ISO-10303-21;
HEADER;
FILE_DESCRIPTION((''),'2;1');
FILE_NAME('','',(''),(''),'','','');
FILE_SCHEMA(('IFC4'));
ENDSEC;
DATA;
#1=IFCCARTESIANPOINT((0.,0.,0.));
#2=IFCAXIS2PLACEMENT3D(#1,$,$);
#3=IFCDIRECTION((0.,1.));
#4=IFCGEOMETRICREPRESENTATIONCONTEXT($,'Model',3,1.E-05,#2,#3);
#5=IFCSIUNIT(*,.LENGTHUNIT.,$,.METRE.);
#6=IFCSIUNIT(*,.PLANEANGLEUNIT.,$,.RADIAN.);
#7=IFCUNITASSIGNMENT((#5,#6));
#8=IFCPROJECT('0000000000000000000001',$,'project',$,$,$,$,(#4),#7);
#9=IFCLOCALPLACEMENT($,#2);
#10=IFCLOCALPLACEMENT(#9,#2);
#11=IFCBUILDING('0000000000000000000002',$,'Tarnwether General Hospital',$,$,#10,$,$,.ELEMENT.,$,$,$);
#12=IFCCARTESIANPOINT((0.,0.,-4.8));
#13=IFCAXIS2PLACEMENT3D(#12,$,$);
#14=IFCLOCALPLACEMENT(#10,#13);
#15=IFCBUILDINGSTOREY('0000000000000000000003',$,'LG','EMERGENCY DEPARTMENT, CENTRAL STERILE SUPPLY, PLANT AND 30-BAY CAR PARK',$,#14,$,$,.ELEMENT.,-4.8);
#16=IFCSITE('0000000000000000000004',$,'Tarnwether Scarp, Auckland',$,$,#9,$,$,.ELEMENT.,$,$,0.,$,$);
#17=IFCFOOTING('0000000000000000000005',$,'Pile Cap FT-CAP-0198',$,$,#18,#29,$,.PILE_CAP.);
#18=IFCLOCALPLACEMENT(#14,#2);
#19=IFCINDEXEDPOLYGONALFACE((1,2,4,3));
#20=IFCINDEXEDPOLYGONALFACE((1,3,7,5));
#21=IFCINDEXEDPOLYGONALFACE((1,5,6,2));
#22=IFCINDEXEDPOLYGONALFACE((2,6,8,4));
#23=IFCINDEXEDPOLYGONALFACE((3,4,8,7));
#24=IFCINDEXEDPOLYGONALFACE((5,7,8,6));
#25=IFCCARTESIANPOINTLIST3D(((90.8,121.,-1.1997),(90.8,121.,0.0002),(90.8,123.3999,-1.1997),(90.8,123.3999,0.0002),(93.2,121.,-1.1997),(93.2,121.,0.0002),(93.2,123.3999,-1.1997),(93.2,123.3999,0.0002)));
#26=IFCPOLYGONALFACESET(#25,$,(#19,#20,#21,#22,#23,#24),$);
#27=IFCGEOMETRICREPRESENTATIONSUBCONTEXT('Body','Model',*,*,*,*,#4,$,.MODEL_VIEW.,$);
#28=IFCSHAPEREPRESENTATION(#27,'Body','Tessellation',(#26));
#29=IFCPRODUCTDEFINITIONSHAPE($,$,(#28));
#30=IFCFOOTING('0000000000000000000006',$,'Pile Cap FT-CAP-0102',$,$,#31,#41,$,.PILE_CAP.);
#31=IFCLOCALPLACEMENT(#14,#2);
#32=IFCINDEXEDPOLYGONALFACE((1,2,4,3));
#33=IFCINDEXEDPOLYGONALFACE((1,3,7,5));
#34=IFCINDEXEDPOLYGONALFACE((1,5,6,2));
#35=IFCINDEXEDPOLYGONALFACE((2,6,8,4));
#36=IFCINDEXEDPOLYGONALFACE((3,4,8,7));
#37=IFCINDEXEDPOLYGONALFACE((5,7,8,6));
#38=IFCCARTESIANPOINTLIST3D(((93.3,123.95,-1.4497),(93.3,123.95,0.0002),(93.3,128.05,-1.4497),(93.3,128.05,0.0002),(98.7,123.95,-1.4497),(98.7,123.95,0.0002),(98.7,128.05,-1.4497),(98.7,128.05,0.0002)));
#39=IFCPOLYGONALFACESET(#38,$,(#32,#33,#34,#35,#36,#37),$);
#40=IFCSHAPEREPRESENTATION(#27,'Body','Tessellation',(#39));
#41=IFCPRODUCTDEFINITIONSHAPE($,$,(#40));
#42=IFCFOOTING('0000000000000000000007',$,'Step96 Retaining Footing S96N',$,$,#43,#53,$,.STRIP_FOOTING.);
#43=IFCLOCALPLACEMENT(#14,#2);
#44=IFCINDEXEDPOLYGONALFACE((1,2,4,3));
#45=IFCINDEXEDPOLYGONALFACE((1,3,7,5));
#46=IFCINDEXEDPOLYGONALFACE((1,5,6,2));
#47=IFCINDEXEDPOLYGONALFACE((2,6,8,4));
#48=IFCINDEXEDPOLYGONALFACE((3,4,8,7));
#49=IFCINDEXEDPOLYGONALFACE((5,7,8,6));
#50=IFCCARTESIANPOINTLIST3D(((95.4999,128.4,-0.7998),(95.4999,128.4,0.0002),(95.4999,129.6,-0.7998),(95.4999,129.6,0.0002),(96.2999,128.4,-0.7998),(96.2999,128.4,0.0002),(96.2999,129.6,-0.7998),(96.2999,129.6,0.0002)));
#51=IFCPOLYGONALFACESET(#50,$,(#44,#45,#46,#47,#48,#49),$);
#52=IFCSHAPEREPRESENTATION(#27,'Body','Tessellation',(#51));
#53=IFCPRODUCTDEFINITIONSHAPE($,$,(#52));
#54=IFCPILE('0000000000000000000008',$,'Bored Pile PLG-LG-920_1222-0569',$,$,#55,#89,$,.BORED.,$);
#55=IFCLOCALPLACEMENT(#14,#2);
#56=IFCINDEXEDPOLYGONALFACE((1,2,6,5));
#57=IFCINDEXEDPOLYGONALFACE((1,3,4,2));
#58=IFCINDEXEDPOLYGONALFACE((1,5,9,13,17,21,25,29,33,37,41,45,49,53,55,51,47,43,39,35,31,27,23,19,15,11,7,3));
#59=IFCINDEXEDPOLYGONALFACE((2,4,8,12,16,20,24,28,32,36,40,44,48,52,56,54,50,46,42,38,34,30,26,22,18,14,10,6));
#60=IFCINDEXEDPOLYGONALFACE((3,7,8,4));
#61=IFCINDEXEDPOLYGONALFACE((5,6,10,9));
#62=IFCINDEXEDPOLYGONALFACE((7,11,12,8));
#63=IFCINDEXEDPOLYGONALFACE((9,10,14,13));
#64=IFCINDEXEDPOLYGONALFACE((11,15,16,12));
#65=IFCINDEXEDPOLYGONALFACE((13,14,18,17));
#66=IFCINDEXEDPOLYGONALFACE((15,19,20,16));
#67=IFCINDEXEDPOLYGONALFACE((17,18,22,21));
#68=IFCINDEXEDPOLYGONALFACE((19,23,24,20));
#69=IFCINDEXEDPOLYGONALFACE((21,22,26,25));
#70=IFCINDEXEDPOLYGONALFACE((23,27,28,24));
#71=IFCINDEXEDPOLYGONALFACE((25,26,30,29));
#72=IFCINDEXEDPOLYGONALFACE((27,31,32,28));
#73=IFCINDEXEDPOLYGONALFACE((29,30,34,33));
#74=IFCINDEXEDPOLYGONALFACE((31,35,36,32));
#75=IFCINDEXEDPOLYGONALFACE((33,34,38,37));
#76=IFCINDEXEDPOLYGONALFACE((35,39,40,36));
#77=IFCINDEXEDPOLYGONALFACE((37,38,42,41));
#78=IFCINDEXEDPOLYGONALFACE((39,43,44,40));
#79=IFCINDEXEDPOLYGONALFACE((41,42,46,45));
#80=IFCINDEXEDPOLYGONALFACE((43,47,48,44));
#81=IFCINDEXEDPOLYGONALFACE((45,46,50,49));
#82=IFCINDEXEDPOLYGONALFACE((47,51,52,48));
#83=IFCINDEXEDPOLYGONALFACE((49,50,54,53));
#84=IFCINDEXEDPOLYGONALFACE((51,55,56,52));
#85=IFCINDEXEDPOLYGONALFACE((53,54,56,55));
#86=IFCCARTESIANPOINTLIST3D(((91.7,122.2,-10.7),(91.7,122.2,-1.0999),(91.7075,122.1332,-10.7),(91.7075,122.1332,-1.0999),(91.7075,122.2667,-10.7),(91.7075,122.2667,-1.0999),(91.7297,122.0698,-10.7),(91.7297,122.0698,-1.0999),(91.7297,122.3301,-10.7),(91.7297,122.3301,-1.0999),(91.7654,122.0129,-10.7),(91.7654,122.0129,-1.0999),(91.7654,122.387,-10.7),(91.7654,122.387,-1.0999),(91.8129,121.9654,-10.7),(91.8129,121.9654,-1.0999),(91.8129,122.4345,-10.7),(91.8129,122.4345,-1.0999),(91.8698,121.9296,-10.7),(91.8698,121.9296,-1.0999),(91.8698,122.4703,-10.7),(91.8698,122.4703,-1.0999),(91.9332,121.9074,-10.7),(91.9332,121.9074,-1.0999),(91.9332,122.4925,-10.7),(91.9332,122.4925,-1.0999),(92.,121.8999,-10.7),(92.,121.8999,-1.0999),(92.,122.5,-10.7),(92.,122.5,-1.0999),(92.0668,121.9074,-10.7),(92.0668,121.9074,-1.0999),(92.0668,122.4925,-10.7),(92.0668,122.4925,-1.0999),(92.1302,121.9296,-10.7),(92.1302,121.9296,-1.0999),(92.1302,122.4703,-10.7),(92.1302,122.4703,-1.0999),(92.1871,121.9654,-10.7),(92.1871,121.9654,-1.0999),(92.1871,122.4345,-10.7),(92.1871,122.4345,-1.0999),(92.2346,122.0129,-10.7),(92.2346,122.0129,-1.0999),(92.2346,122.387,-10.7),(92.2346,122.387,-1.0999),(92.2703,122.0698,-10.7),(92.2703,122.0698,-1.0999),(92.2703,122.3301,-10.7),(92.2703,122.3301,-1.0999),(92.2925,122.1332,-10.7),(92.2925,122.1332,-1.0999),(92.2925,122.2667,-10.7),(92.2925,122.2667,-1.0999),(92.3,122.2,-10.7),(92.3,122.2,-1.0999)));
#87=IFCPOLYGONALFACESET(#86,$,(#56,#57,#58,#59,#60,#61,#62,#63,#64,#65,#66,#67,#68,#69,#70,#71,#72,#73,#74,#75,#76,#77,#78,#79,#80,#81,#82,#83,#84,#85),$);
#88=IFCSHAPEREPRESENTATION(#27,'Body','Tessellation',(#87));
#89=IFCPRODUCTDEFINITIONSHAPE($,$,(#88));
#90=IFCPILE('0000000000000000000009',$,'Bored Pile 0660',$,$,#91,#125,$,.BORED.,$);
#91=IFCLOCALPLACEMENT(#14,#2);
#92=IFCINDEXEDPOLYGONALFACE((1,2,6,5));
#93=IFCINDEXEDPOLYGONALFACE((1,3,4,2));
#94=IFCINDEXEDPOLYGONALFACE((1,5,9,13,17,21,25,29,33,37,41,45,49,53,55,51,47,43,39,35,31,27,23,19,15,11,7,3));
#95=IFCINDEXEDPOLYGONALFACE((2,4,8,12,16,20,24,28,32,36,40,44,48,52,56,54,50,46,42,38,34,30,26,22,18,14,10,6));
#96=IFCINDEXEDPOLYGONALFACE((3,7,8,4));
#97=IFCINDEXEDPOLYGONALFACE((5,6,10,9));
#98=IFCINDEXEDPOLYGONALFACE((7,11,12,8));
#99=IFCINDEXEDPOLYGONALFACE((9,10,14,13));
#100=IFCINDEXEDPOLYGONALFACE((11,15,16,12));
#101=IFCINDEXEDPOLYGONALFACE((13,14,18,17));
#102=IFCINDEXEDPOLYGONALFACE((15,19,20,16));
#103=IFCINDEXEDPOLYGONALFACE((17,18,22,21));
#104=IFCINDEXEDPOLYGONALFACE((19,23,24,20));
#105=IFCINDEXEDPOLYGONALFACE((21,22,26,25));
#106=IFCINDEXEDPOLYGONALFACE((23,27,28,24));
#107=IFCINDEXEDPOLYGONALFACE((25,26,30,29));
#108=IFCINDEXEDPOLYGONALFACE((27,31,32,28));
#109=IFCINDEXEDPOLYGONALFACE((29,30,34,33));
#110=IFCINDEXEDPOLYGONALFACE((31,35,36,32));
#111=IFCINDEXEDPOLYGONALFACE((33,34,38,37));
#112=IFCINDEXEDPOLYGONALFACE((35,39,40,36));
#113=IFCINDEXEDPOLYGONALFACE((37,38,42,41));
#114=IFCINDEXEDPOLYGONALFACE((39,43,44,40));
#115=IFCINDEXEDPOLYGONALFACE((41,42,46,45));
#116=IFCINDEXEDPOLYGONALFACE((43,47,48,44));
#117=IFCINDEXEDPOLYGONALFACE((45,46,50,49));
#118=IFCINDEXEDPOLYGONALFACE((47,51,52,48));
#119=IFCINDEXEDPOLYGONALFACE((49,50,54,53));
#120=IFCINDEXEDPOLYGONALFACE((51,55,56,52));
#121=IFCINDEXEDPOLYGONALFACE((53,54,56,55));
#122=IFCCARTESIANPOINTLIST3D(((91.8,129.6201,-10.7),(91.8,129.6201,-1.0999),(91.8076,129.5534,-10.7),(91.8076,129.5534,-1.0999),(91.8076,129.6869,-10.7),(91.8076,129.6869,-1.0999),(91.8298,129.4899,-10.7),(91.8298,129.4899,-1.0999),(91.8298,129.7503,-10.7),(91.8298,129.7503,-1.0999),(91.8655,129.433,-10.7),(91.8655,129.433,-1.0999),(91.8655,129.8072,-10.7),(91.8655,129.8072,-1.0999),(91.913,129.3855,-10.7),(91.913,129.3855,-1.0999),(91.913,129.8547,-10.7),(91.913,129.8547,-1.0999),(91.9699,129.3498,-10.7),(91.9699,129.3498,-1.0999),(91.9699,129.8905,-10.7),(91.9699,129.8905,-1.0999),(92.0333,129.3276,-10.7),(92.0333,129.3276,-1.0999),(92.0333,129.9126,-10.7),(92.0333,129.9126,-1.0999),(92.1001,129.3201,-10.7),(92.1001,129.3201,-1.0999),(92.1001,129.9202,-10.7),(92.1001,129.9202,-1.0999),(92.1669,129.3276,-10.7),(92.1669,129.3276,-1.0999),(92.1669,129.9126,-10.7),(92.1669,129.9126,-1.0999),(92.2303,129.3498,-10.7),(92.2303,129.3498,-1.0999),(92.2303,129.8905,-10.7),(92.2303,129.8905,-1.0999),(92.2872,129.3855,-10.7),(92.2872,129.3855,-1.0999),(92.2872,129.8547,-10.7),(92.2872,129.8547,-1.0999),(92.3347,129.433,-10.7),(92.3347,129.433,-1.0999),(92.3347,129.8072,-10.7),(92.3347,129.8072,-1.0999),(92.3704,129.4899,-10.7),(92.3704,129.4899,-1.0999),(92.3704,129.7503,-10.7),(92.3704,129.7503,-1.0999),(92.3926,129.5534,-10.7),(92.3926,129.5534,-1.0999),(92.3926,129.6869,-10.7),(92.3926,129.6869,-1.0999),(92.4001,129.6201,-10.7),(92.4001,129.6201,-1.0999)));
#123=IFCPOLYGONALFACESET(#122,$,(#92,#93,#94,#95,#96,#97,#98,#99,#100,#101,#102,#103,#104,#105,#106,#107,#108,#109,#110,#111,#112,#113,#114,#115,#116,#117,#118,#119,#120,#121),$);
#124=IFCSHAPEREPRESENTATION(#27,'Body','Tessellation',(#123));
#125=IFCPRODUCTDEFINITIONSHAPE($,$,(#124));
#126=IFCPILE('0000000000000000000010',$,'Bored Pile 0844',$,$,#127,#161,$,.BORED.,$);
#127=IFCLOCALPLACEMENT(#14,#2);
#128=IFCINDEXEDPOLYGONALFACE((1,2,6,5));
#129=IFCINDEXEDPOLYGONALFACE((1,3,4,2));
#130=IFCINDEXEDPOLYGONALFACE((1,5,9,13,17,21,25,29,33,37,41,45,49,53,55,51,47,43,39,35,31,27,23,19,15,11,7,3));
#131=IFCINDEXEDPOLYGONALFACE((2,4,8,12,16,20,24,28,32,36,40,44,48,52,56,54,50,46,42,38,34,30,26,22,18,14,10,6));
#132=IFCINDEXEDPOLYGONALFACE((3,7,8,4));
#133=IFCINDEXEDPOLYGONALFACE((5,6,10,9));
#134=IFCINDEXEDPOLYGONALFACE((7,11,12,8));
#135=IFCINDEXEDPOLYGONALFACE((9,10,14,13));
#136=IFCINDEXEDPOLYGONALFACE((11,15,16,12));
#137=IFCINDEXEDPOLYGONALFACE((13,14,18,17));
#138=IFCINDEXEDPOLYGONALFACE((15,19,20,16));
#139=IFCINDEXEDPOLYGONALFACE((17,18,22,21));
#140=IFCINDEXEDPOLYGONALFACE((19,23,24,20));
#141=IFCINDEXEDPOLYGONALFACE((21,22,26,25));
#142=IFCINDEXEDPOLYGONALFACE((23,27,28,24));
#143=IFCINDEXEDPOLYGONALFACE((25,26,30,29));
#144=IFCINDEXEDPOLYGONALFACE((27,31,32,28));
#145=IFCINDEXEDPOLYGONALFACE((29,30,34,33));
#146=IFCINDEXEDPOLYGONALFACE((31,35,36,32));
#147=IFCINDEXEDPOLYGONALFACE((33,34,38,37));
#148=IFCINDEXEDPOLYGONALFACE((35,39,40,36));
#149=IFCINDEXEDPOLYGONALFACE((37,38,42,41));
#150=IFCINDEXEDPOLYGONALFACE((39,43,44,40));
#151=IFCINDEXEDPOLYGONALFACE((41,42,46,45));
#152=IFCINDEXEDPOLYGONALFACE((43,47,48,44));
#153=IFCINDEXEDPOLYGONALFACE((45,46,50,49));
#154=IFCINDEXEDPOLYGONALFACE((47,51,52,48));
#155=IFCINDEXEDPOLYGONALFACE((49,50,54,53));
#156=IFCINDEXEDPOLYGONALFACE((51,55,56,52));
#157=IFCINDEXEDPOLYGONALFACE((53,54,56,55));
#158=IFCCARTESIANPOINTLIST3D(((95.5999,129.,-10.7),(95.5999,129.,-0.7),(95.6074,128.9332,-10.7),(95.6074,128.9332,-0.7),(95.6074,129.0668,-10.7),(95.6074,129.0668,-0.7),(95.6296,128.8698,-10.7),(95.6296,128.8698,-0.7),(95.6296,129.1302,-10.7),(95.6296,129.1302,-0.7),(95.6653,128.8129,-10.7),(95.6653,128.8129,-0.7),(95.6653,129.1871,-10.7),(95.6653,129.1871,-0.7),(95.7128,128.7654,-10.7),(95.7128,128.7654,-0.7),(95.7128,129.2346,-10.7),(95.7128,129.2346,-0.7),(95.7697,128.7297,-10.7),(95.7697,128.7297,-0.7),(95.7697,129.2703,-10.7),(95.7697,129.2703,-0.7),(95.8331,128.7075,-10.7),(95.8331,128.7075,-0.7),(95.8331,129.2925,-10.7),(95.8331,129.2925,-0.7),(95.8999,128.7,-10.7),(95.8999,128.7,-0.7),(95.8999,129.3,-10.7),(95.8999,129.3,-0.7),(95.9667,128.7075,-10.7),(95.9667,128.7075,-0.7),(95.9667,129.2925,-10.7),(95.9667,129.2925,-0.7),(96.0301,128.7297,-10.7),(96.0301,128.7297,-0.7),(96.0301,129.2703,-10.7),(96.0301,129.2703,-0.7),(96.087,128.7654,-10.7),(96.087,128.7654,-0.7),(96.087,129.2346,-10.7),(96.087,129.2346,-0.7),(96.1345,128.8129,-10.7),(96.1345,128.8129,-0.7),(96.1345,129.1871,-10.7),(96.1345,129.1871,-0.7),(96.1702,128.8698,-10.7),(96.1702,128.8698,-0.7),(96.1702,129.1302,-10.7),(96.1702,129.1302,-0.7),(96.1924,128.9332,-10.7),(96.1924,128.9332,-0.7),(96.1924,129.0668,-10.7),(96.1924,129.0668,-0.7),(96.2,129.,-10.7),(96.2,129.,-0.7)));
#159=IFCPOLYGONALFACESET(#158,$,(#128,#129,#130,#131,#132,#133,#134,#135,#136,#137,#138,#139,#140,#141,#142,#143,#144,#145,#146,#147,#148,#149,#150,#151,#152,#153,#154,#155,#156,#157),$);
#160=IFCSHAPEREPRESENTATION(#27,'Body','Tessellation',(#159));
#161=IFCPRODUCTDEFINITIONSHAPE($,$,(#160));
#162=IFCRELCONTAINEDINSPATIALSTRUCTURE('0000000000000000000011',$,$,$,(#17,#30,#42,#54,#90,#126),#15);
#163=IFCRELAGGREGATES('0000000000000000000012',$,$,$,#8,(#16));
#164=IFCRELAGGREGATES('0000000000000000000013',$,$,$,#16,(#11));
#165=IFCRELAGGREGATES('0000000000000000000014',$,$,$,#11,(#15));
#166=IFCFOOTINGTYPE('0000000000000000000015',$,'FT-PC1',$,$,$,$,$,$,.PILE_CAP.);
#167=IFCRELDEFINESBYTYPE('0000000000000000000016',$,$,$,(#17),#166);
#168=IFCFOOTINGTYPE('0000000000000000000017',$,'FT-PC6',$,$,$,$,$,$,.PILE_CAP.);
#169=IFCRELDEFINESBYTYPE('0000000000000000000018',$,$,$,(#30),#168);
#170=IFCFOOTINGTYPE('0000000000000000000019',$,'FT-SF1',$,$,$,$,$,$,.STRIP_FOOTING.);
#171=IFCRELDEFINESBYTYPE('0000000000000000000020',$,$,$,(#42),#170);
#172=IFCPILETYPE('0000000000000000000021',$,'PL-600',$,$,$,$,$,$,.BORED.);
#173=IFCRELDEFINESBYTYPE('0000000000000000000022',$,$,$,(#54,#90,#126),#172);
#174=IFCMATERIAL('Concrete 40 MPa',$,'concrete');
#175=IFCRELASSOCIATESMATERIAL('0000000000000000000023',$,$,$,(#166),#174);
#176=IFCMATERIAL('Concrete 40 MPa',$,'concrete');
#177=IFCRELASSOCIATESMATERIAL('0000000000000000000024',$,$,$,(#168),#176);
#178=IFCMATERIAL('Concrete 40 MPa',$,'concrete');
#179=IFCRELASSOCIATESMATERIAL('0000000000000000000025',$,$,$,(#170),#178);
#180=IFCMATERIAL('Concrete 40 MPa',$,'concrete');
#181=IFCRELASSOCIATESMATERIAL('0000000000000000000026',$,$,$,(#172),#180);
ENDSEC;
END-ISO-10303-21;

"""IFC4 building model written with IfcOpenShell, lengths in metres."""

from ifc_helpers import new_model, si_unit, direction, frame, origin, origin_2d, place, context, subcontext, project, spatial, rectangle, circle, extrude, material, material_profile, profile_set, type_object, element, save


model = new_model("IFC4")

# Units and contexts
model_context = context("Model", 3, precision=1e-05, world=origin(), true_north=direction((0.0, 1.0)))
body_context = subcontext(model_context, "Body", "Model", "MODEL_VIEW")
ifc_project = project(units=[si_unit("LENGTHUNIT", "METRE"), si_unit("PLANEANGLEUNIT", "RADIAN")], contexts=[model_context])

# Site, building, storey
site_placement = place(None, origin())
site = spatial("IfcSite", under=ifc_project, at=site_placement, Name="Tarnwether Scarp, Auckland", CompositionType="ELEMENT", RefElevation=0.0)
building_placement = place(site_placement, origin())
building = spatial("IfcBuilding", under=site, at=building_placement, Name="Tarnwether General Hospital", CompositionType="ELEMENT")
storey_placement = place(building_placement, frame((0.0, 0.0, -4.8)))
storey = spatial("IfcBuildingStorey", under=building, at=storey_placement, Name="LG", Description="EMERGENCY DEPARTMENT, CENTRAL STERILE SUPPLY, PLANT AND 30-BAY CAR PARK", CompositionType="ELEMENT", Elevation=-4.8)

# Footings
ifc_material_1 = material(Name="Concrete 40 MPa", Category="concrete")
footing_type_1 = type_object("IfcFootingType", Name="FT-PC1", PredefinedType="PILE_CAP", material=ifc_material_1)
footing_1_placement = place(storey_placement, frame((92.0, 122.2, -1.1997), z_axis=(0.0, 0.0, 1.0), x_axis=(1.0, 0.0, 0.0)))
element("IfcFooting", 1, at=footing_1_placement, inside=storey, type_object=footing_type_1, Name="Pile Cap FT-CAP-0198", PredefinedType="PILE_CAP", context=body_context, shape_type="SweptSolid", body=[
    extrude(rectangle(XDim=2.3999, YDim=2.3999, at=origin_2d()), origin(), (0.0, 0.0, 1.0), 1.2),
])
ifc_material_2 = material(Name="Concrete 40 MPa", Category="concrete")
footing_type_2 = type_object("IfcFootingType", Name="FT-PC6", PredefinedType="PILE_CAP", material=ifc_material_2)
footing_2_placement = place(storey_placement, frame((96.0, 126.0, -1.4497), z_axis=(0.0, 0.0, 1.0), x_axis=(1.0, 0.0, 0.0)))
element("IfcFooting", 2, at=footing_2_placement, inside=storey, type_object=footing_type_2, Name="Pile Cap FT-CAP-0102", PredefinedType="PILE_CAP", context=body_context, shape_type="SweptSolid", body=[
    extrude(rectangle(XDim=5.3999, YDim=4.1001, at=origin_2d()), origin(), (0.0, 0.0, 1.0), 1.45),
])
ifc_material_3 = material(Name="Concrete 40 MPa", Category="concrete")
footing_type_3 = type_object("IfcFootingType", Name="FT-SF1", PredefinedType="STRIP_FOOTING", material=ifc_material_3)
footing_3_placement = place(storey_placement, frame((95.8999, 129.0, -0.7998), z_axis=(0.0, 0.0, 1.0), x_axis=(0.0, 1.0, 0.0)))
element("IfcFooting", 3, at=footing_3_placement, inside=storey, type_object=footing_type_3, Name="Step96 Retaining Footing S96N", PredefinedType="STRIP_FOOTING", context=body_context, shape_type="SweptSolid", body=[
    extrude(rectangle(XDim=1.2, YDim=0.8, at=origin_2d()), origin(), (0.0, 0.0, 1.0), 0.8),
])

# Piles
ifc_material_4 = material(Name="Concrete 40 MPa", Category="concrete")
ifc_material_profile_1 = material_profile(ifc_material_4, circle(Radius=0.3, at=origin_2d()), Name="PILE-D600")
ifc_profile_set_1 = profile_set([ifc_material_profile_1], Name="Concrete 40 MPa")
pile_type_1 = type_object("IfcPileType", Name="PL-600", PredefinedType="BORED", material=ifc_profile_set_1)
for number, where, z_axis, x_axis, name in (
    (4, (92.0, 122.2, -1.0999), (0.0, 0.0, -1.0), (1.0, 0.0, 0.0), "Bored Pile PLG-LG-920_1222-0569"),
    (5, (92.1001, 129.6201, -1.0999), (0.0, 0.0, -1.0), (1.0, 0.0, 0.0), "Bored Pile 0660"),
):
    element("IfcPile", number, at=place(storey_placement, frame(where, z_axis=z_axis, x_axis=x_axis)), inside=storey, type_object=pile_type_1, Name=name, PredefinedType="BORED", context=body_context, shape_type="SweptSolid", body=[
        extrude(circle(Radius=0.3, at=origin_2d()), origin(), (0.0, 0.0, 1.0), 9.6001),
    ])
pile_placement = place(storey_placement, frame((95.8999, 129.0, -0.7), z_axis=(0.0, 0.0, -1.0), x_axis=(1.0, 0.0, 0.0)))
element("IfcPile", 6, at=pile_placement, inside=storey, type_object=pile_type_1, Name="Bored Pile 0844", PredefinedType="BORED", context=body_context, shape_type="SweptSolid", body=[
    extrude(circle(Radius=0.3, at=origin_2d()), origin(), (0.0, 0.0, 1.0), 10.0),
])

save(model, "model.ifc")
